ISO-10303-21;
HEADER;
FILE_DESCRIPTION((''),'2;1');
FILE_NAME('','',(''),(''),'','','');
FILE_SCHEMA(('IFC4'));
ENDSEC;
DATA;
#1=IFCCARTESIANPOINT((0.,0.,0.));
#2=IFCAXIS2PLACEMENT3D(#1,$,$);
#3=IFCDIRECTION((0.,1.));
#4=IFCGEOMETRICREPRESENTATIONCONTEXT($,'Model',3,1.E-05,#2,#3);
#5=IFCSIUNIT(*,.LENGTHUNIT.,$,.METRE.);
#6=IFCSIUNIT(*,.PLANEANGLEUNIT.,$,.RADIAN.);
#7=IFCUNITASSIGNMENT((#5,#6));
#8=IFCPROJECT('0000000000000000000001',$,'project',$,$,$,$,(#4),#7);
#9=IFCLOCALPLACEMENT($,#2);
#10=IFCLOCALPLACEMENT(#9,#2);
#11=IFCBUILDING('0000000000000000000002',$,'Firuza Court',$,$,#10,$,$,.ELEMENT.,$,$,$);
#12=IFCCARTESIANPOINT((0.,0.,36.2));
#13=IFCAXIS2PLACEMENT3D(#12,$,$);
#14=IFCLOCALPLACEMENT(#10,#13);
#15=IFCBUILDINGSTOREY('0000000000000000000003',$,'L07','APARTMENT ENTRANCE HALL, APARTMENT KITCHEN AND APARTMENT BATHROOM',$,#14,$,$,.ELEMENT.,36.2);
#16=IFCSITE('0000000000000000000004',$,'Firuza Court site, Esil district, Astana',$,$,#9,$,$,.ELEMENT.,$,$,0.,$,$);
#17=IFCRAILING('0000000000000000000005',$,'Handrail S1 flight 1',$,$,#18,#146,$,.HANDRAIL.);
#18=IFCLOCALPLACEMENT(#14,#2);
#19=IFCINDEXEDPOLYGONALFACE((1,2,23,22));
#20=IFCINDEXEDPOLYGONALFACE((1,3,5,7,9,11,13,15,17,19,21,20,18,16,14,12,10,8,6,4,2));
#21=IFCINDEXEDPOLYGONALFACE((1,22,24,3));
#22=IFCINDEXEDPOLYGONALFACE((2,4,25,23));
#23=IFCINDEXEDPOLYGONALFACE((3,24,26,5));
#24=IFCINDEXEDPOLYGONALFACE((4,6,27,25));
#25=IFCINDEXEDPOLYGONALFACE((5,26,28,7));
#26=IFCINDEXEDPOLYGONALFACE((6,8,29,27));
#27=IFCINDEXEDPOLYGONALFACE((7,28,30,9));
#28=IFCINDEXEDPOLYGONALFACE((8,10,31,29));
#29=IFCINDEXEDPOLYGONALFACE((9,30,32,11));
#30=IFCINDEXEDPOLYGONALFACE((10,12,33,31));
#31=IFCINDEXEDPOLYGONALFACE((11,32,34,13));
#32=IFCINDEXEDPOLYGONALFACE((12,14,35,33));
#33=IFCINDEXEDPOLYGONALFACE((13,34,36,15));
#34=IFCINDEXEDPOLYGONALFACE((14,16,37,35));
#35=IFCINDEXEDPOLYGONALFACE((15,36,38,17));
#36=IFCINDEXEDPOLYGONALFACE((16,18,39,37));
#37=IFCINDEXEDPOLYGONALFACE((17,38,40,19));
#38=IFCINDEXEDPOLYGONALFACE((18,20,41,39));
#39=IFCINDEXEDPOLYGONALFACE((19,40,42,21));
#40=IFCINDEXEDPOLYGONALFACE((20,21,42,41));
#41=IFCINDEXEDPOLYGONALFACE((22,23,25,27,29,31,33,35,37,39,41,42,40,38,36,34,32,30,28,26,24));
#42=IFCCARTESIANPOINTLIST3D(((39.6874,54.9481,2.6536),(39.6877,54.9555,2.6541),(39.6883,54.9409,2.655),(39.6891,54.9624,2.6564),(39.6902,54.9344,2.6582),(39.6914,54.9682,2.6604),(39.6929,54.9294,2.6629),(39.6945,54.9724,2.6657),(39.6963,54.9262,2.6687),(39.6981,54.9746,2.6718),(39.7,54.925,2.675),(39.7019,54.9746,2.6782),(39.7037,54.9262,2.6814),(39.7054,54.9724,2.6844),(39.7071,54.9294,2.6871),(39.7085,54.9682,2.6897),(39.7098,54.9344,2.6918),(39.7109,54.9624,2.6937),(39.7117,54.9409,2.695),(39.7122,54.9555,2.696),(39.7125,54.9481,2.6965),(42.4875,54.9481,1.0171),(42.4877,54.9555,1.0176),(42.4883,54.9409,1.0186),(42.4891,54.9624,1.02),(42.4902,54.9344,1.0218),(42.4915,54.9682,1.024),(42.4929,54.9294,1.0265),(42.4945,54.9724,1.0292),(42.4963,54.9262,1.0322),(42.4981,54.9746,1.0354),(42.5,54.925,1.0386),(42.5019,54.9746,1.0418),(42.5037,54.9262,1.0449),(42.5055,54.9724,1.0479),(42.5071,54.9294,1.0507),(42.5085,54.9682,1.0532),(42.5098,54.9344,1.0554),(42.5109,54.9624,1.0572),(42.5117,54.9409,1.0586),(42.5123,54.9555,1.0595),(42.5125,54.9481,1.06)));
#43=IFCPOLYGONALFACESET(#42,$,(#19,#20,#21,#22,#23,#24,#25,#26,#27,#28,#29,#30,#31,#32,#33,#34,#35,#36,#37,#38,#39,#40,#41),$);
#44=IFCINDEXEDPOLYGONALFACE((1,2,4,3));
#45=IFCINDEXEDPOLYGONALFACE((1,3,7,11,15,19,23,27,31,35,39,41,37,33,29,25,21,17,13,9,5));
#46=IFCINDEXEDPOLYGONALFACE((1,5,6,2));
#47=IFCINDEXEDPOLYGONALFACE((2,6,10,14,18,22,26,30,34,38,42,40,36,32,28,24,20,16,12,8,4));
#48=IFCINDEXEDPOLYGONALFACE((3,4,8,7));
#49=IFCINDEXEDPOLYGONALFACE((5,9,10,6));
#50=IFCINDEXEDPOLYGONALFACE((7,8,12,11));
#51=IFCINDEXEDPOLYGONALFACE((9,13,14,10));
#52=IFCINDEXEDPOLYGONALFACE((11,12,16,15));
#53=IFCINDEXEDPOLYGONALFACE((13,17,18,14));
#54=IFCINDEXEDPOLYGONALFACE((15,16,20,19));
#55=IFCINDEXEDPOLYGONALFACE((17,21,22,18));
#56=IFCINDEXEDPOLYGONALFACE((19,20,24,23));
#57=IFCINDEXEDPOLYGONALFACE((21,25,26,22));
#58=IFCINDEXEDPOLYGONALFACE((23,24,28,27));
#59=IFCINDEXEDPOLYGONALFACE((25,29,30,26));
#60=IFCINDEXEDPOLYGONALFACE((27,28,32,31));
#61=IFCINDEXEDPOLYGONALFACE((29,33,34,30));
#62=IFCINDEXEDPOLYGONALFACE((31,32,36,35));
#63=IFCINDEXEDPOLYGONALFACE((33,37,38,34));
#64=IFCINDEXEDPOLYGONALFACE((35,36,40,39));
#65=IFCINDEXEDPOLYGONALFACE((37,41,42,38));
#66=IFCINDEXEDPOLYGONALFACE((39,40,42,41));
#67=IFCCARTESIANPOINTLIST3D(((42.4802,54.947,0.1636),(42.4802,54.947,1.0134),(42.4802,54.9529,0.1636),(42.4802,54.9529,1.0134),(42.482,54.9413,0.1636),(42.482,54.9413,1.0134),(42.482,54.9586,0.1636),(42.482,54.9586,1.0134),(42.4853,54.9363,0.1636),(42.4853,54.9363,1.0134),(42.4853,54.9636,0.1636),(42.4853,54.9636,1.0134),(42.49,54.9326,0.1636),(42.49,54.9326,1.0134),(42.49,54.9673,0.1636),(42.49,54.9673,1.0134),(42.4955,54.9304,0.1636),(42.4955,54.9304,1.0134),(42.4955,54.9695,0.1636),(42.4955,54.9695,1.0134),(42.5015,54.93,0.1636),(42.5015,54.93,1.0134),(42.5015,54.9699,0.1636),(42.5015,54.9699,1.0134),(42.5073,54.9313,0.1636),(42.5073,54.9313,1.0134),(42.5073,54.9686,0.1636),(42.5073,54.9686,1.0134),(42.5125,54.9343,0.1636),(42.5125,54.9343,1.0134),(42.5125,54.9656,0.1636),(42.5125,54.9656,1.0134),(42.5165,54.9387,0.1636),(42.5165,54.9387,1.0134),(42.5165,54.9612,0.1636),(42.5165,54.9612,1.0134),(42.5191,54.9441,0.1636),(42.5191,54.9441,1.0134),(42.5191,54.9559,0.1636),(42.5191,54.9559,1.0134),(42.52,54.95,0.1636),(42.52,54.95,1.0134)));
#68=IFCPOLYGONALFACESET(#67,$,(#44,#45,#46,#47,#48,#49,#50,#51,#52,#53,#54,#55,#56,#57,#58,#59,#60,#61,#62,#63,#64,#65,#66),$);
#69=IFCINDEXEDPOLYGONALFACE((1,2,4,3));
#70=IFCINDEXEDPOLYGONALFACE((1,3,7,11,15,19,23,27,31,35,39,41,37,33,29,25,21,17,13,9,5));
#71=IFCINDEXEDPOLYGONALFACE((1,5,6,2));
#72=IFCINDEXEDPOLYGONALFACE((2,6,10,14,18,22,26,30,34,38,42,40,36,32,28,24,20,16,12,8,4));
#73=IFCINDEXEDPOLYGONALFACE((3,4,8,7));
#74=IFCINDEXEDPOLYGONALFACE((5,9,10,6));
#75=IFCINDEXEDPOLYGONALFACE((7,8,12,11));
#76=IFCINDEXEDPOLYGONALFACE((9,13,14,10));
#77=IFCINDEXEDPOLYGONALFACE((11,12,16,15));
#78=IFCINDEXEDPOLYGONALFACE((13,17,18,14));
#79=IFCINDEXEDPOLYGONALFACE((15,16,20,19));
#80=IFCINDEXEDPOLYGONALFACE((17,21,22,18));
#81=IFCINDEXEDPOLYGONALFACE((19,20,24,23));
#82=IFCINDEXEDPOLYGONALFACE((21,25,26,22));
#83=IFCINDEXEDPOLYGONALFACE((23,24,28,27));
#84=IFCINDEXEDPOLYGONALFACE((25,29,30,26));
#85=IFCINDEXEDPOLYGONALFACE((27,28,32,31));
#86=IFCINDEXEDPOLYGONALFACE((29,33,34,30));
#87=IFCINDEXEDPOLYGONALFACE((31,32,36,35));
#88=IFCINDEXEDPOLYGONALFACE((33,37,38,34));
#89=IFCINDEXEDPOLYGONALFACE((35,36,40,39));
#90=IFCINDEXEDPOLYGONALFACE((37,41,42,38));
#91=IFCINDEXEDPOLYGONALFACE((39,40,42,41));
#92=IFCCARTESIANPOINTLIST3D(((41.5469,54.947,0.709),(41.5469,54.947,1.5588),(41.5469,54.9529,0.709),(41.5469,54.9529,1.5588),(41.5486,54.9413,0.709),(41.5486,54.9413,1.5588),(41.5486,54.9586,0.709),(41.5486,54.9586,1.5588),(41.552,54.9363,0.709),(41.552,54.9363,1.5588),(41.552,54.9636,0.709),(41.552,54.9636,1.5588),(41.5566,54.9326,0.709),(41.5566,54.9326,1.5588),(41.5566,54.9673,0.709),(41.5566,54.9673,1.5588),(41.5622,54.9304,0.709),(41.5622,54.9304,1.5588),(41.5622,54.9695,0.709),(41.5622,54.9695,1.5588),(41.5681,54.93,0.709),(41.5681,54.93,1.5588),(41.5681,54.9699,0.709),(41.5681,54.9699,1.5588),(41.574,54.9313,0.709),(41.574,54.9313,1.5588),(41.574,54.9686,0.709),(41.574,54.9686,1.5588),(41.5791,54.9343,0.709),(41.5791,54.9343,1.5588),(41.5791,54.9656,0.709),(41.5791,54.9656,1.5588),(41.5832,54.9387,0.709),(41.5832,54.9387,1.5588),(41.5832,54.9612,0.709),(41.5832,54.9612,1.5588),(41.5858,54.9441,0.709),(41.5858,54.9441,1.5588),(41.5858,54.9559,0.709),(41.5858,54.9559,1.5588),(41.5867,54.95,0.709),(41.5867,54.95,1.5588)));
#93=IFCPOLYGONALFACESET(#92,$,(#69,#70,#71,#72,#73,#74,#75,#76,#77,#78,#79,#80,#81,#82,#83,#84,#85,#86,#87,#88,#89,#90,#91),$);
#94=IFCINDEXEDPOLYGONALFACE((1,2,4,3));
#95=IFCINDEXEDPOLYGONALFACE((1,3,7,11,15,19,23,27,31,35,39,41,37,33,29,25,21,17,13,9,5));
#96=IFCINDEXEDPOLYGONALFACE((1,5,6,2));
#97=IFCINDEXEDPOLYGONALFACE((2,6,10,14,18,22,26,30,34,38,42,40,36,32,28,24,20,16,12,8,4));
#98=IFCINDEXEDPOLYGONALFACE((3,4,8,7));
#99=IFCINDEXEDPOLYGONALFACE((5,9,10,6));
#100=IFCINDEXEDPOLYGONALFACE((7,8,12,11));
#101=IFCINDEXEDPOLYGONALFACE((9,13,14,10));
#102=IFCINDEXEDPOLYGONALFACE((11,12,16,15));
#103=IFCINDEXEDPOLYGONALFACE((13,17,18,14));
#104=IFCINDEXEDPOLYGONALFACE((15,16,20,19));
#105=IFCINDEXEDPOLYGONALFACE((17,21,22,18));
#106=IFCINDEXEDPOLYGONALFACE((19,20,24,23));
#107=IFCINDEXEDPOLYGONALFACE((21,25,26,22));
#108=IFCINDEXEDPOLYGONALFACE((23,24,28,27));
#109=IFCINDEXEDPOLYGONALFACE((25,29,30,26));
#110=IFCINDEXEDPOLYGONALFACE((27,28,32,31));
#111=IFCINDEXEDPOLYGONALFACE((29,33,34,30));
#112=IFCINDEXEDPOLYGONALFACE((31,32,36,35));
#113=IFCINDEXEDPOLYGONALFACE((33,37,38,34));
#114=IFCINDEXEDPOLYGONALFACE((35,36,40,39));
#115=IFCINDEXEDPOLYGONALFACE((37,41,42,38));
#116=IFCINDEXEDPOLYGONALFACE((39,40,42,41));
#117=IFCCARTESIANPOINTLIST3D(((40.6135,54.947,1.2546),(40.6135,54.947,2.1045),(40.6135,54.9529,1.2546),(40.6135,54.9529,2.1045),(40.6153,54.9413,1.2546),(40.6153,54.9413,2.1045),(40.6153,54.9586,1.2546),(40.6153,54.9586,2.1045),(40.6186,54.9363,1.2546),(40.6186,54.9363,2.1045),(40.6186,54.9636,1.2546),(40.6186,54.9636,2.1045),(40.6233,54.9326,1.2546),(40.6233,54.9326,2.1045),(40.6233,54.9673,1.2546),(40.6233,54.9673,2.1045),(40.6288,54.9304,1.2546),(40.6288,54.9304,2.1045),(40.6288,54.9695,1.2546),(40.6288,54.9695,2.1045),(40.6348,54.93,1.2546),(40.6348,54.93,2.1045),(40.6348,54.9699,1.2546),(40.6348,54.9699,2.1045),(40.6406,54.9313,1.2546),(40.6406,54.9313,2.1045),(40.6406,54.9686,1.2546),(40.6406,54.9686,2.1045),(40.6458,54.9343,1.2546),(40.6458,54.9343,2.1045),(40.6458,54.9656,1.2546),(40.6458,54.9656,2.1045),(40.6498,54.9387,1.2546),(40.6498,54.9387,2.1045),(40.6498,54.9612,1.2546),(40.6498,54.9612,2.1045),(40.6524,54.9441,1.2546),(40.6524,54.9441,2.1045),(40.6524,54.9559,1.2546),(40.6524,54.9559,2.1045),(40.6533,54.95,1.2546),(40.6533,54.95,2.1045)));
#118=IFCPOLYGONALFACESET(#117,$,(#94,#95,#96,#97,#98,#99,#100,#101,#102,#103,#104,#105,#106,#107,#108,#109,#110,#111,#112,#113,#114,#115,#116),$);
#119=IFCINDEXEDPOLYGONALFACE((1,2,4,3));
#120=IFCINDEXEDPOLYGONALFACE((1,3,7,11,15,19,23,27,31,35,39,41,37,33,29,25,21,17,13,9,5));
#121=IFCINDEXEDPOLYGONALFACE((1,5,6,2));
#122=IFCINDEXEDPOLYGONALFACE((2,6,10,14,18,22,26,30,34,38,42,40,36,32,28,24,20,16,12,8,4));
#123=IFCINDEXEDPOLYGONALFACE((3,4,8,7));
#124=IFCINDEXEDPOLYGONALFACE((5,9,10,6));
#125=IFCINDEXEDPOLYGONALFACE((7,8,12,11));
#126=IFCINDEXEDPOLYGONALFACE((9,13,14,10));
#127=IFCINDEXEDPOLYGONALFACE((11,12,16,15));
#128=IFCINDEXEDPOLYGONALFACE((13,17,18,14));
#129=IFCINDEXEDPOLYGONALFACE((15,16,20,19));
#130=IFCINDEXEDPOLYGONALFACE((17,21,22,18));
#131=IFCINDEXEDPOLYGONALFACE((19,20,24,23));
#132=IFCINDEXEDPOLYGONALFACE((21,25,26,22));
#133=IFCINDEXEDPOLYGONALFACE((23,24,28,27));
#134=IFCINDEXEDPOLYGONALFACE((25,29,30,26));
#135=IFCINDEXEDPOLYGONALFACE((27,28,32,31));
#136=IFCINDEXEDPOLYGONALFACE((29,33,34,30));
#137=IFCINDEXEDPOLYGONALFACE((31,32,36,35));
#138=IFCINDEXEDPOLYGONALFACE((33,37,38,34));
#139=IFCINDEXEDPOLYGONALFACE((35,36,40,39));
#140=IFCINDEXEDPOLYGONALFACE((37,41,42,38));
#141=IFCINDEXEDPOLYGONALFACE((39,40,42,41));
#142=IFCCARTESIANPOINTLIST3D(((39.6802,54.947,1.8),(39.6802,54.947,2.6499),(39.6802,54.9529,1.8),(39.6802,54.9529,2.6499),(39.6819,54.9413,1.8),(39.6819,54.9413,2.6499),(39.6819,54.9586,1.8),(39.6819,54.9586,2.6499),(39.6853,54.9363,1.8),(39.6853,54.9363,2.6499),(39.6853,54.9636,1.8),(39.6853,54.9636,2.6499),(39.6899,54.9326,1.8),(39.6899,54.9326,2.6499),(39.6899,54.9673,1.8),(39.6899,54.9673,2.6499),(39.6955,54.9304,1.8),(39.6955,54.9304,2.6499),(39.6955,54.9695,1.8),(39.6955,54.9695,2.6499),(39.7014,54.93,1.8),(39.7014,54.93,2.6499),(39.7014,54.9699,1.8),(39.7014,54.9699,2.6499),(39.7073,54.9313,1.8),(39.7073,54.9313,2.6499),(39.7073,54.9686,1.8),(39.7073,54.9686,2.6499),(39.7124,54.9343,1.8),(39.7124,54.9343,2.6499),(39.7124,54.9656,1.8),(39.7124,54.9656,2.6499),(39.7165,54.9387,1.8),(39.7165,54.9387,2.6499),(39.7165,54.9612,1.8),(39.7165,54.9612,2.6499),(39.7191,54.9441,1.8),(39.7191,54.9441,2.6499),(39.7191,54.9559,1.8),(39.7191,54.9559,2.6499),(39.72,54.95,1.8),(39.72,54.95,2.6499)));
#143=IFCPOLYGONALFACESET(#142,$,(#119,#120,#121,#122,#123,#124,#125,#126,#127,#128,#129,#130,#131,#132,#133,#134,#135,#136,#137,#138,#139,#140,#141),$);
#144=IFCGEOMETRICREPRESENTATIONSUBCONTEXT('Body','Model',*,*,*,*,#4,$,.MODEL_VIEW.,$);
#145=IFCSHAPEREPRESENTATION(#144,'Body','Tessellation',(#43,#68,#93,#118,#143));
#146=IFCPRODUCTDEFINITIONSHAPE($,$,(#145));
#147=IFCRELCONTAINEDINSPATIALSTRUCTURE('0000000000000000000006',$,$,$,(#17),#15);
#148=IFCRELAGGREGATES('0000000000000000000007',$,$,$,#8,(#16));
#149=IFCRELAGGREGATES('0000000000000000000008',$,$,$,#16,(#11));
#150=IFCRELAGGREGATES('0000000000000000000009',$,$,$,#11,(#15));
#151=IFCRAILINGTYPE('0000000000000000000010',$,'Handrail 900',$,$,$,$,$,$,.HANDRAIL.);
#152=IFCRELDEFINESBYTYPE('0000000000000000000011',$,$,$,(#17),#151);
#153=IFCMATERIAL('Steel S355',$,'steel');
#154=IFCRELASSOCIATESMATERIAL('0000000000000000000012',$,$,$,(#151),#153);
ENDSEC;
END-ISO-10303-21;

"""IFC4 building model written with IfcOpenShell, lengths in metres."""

from ifc_helpers import new_model, si_unit, direction, frame, origin, origin_2d, place, context, subcontext, project, spatial, circle, extrude, material, type_object, element, save


model = new_model("IFC4")

# Units and contexts
model_context = context("Model", 3, precision=1e-05, world=origin(), true_north=direction((0.0, 1.0)))
body_context = subcontext(model_context, "Body", "Model", "MODEL_VIEW")
ifc_project = project(units=[si_unit("LENGTHUNIT", "METRE"), si_unit("PLANEANGLEUNIT", "RADIAN")], contexts=[model_context])

# Site, building, storey
site_placement = place(None, origin())
site = spatial("IfcSite", under=ifc_project, at=site_placement, Name="Firuza Court site, Esil district, Astana", CompositionType="ELEMENT", RefElevation=0.0)
building_placement = place(site_placement, origin())
building = spatial("IfcBuilding", under=site, at=building_placement, Name="Firuza Court", CompositionType="ELEMENT")
storey_placement = place(building_placement, frame((0.0, 0.0, 36.2)))
storey = spatial("IfcBuildingStorey", under=building, at=storey_placement, Name="L07", Description="APARTMENT ENTRANCE HALL, APARTMENT KITCHEN AND APARTMENT BATHROOM", CompositionType="ELEMENT", Elevation=36.2)

# Railing
ifc_material_1 = material(Name="Steel S355", Category="steel")
railing_type_1 = type_object("IfcRailingType", Name="Handrail 900", PredefinedType="HANDRAIL", material=ifc_material_1)
railing_1_placement = place(storey_placement, frame((42.5, 54.95, 0.1636)))
element("IfcRailing", 1, at=railing_1_placement, inside=storey, type_object=railing_type_1, Name="Handrail S1 flight 1", PredefinedType="HANDRAIL", context=body_context, shape_type="SweptSolid", body=[
    extrude(circle(Radius=0.0249, at=origin_2d()), frame((0.0, 0.0, 0.875), z_axis=(-0.863361, 0.0, 0.504587), x_axis=(0.0, -1.0, 0.0)), (0.0, 0.0, 1.0), 3.2432),
    extrude(circle(Radius=0.02, at=origin_2d()), origin(), (0.0, 0.0, 1.0), 0.8499),
    extrude(circle(Radius=0.02, at=origin_2d()), frame((-0.9333, 0.0, 0.5454)), (0.0, 0.0, 1.0), 0.8499),
    extrude(circle(Radius=0.02, at=origin_2d()), frame((-1.8667, 0.0, 1.0911)), (0.0, 0.0, 1.0), 0.8499),
    extrude(circle(Radius=0.02, at=origin_2d()), frame((-2.8, 0.0, 1.6365)), (0.0, 0.0, 1.0), 0.8499),
])

save(model, "model.ifc")
